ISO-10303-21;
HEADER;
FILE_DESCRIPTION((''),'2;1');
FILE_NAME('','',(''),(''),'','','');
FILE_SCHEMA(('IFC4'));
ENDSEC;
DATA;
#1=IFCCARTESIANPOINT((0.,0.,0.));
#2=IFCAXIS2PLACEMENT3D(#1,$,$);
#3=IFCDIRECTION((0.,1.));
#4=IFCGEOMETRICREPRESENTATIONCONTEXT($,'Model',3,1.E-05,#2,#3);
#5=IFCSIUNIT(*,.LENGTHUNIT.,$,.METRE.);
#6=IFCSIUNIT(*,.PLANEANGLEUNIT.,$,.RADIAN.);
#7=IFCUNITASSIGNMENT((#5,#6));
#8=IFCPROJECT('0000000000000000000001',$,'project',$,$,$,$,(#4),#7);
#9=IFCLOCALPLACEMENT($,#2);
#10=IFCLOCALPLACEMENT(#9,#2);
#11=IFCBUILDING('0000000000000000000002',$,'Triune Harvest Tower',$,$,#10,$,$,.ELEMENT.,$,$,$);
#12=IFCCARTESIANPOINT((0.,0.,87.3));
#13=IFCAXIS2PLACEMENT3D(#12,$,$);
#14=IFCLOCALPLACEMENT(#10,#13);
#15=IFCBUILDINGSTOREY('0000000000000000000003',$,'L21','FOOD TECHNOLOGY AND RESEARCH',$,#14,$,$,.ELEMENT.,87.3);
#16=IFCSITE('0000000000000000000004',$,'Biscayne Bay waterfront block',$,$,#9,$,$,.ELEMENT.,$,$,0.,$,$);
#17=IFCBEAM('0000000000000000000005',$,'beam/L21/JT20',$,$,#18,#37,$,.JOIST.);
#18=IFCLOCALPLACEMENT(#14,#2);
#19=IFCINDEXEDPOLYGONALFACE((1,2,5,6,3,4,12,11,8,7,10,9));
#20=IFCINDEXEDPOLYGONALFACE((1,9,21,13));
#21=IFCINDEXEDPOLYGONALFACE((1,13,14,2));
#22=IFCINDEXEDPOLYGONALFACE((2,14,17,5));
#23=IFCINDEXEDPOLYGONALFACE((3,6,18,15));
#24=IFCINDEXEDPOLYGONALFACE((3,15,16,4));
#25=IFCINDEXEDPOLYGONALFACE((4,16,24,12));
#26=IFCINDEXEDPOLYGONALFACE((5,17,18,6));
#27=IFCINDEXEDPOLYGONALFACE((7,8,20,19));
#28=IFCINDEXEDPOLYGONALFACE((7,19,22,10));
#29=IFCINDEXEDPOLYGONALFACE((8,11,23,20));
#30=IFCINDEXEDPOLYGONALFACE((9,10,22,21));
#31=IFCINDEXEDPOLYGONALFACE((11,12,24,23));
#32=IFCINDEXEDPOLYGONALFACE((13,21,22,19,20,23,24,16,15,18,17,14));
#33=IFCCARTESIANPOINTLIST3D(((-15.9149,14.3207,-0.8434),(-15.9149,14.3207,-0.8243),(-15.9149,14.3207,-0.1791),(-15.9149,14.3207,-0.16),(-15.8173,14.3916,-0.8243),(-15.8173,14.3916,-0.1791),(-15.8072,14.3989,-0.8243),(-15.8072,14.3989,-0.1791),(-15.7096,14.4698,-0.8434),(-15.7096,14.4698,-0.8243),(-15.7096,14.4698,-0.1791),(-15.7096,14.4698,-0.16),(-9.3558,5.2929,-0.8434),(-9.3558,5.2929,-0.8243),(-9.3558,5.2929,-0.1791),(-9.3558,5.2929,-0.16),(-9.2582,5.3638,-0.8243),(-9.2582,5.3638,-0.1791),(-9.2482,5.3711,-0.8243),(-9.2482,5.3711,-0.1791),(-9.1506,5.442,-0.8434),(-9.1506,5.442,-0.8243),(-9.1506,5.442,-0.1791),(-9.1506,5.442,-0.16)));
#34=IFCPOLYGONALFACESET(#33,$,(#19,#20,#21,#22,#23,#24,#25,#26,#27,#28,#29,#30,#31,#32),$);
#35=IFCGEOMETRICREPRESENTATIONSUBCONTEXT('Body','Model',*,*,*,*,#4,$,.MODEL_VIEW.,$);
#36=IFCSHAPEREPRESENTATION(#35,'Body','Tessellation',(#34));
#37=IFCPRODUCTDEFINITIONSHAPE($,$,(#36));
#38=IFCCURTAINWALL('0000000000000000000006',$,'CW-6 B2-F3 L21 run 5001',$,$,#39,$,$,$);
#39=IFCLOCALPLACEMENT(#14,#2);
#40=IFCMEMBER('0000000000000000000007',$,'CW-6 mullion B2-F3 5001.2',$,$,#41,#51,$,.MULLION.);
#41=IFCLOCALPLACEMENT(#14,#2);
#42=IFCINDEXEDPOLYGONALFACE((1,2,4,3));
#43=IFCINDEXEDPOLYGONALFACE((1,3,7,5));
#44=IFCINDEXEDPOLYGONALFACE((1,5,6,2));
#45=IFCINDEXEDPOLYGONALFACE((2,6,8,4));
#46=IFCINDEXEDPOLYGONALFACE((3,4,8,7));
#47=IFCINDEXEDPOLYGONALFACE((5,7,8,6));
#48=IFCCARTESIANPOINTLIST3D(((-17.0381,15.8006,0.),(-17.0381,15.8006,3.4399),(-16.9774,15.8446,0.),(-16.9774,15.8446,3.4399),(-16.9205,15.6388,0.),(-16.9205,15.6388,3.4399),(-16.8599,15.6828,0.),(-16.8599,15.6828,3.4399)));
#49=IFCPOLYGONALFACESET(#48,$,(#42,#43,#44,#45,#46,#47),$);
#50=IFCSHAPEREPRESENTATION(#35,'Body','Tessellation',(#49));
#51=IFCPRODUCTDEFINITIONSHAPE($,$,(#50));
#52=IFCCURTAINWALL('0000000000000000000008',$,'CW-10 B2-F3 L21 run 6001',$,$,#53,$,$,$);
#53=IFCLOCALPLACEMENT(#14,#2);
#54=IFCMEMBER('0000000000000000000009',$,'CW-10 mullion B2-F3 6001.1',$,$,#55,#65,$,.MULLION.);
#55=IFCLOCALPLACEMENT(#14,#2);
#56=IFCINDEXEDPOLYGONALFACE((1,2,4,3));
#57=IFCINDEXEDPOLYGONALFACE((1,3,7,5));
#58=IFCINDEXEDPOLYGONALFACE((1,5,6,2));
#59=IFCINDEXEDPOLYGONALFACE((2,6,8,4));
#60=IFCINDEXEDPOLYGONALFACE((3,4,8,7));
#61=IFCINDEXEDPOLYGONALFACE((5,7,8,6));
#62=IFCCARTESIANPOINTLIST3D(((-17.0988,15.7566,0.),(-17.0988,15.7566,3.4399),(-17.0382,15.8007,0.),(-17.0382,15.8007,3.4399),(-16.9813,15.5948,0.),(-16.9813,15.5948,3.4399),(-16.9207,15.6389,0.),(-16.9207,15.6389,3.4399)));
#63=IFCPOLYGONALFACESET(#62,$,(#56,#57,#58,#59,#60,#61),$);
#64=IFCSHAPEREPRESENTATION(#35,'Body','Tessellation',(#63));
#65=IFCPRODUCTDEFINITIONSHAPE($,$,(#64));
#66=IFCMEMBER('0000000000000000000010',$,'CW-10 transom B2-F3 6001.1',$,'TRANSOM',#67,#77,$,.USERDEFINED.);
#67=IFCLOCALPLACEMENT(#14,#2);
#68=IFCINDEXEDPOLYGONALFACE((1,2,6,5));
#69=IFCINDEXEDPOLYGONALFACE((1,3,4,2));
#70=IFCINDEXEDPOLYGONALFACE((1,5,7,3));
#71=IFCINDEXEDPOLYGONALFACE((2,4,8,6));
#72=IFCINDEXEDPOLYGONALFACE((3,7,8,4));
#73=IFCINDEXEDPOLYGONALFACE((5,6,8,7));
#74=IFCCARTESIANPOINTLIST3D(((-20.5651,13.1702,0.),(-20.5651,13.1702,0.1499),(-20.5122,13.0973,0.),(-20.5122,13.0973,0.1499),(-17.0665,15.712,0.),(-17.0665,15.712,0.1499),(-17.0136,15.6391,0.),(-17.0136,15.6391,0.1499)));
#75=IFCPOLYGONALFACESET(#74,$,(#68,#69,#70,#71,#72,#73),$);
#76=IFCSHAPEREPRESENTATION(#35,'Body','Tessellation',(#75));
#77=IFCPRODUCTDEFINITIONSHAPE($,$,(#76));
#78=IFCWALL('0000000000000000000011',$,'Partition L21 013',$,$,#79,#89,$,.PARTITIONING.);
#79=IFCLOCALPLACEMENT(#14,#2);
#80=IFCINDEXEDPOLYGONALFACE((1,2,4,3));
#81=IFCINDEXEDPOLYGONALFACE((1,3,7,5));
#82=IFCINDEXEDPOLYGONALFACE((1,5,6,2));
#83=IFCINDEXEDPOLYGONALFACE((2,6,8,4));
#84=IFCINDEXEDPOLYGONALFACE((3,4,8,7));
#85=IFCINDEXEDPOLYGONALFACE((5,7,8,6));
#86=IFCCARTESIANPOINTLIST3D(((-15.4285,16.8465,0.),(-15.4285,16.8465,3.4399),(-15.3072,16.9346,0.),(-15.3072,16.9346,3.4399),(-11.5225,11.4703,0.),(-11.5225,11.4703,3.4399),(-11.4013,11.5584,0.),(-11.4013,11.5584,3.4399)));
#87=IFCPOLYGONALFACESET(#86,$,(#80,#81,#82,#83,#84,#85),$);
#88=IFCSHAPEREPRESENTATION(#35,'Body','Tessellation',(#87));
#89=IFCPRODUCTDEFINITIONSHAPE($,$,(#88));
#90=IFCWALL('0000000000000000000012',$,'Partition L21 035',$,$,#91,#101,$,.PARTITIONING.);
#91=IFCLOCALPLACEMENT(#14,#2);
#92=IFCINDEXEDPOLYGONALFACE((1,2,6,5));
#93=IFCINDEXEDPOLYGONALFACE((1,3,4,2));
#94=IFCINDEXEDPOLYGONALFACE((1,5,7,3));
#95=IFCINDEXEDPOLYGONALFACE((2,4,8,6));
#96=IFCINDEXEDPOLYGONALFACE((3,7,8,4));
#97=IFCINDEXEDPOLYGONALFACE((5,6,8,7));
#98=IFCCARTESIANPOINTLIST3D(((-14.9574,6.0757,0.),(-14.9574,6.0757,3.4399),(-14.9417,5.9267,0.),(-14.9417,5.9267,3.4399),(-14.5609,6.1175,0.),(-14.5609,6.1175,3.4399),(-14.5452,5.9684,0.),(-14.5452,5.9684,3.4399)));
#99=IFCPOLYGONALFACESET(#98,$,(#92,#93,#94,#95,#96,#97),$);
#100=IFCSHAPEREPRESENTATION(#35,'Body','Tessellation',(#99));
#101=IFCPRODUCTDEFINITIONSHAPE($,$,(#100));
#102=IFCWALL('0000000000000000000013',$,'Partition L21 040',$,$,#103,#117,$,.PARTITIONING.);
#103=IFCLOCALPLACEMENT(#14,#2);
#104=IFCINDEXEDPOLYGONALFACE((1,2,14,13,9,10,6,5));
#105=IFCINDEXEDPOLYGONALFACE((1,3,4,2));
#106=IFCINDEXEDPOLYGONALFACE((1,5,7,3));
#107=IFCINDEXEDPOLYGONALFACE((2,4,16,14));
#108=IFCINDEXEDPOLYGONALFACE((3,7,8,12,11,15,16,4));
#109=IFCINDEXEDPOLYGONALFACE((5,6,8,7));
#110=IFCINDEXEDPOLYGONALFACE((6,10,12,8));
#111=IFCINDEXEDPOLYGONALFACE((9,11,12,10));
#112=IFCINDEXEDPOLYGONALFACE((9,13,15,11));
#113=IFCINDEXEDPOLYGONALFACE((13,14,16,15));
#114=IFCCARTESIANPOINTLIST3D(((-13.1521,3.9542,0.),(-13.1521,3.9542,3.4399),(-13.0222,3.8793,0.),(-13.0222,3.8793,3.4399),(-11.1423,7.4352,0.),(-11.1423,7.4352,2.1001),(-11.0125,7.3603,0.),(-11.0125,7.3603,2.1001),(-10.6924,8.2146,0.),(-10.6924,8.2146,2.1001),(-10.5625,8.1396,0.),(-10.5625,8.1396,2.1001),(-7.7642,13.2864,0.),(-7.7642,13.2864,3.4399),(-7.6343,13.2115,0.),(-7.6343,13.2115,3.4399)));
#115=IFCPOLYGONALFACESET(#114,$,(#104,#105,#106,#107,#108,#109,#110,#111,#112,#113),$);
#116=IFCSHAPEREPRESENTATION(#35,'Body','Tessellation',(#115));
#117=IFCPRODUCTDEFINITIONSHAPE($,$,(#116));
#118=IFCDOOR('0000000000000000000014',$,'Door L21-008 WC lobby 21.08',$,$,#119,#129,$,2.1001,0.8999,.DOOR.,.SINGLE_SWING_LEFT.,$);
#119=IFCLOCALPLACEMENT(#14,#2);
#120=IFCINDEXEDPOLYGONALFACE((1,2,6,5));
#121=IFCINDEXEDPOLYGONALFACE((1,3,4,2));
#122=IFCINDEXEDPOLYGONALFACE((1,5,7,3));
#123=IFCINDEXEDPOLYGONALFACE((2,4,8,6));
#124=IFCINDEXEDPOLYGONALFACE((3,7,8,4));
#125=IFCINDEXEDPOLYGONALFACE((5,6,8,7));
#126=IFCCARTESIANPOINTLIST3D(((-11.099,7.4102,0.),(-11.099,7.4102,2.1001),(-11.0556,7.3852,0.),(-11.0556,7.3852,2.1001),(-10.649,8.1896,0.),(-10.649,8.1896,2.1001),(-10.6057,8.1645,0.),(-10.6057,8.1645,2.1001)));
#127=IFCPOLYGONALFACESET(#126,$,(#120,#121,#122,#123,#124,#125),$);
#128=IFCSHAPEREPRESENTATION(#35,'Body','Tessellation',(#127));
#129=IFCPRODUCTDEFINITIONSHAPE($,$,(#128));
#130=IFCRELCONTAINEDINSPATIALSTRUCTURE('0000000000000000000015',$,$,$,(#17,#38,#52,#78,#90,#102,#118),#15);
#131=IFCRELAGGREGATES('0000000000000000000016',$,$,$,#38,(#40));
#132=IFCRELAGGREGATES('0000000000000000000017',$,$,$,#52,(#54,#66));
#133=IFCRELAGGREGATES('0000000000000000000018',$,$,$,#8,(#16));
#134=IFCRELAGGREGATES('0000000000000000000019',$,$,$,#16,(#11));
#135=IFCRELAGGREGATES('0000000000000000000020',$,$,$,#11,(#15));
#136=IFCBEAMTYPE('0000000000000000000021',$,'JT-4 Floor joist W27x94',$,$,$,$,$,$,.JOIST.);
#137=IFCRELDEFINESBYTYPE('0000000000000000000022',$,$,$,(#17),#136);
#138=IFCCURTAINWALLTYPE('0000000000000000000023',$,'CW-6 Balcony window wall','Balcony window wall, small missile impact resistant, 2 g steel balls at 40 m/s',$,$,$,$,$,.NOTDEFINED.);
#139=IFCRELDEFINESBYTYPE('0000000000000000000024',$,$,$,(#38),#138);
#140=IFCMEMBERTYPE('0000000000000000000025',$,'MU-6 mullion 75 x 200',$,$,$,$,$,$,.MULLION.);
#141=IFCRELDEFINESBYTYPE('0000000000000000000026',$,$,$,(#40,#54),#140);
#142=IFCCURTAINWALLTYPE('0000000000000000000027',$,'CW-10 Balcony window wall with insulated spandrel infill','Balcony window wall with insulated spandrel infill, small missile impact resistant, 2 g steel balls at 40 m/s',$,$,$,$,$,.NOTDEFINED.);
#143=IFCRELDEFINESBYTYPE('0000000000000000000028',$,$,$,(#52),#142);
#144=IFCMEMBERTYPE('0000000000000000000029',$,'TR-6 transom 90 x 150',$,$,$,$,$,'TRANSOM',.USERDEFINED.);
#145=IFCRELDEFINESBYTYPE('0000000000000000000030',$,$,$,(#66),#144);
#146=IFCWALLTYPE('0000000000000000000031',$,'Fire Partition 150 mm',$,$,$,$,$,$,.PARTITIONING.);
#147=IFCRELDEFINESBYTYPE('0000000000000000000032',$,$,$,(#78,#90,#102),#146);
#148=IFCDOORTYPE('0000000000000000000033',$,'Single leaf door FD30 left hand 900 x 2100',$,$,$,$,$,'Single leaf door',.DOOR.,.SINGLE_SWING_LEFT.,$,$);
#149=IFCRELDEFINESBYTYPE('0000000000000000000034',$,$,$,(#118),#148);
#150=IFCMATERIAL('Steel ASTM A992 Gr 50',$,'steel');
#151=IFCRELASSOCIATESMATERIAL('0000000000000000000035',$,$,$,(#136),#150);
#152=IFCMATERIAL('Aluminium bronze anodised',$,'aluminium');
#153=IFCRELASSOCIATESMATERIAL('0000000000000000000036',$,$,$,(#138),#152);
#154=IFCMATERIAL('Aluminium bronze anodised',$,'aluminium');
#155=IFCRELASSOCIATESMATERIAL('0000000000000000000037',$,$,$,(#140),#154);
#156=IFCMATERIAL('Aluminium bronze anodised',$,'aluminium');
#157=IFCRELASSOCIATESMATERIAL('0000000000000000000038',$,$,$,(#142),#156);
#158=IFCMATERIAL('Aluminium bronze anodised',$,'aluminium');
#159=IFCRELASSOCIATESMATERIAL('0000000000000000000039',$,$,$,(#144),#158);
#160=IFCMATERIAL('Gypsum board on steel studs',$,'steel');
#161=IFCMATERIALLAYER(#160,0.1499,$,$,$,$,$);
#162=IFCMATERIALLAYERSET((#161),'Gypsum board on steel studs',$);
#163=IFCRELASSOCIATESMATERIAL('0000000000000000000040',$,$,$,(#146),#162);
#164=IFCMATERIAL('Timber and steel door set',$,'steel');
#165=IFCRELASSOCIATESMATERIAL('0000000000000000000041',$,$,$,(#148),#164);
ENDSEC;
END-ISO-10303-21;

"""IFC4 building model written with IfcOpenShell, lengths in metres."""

from ifc_helpers import new_model, si_unit, direction, frame, frame_2d, origin, origin_2d, place, context, subcontext, project, spatial, rectangle, i_section, extrude, source, transform, mapped, material, layer, layer_set, material_profile, profile_set, type_object, element, fill, aggregate, save


model = new_model("IFC4")

# Units and contexts
model_context = context("Model", 3, precision=1e-05, world=origin(), true_north=direction((0.0, 1.0)))
body_context = subcontext(model_context, "Body", "Model", "MODEL_VIEW")
ifc_project = project(units=[si_unit("LENGTHUNIT", "METRE"), si_unit("PLANEANGLEUNIT", "RADIAN")], contexts=[model_context])

# Site, building, storey
site_placement = place(None, origin())
site = spatial("IfcSite", under=ifc_project, at=site_placement, Name="Biscayne Bay waterfront block", CompositionType="ELEMENT", RefElevation=0.0)
building_placement = place(site_placement, origin())
building = spatial("IfcBuilding", under=site, at=building_placement, Name="Triune Harvest Tower", CompositionType="ELEMENT")
storey_placement = place(building_placement, frame((0.0, 0.0, 87.3)))
storey = spatial("IfcBuildingStorey", under=building, at=storey_placement, Name="L21", Description="FOOD TECHNOLOGY AND RESEARCH", CompositionType="ELEMENT", Elevation=87.3)

# Beam
ifc_material_1 = material(Name="Steel ASTM A992 Gr 50", Category="steel")
ifc_material_profile_1 = material_profile(ifc_material_1, i_section(OverallWidth=0.2537, OverallDepth=0.6833, WebThickness=0.0125, FlangeThickness=0.019, at=origin_2d()), Name="W27x94")
ifc_profile_set_1 = profile_set([ifc_material_profile_1], Name="Steel ASTM A992 Gr 50")
beam_type = type_object("IfcBeamType", Name="JT-4 Floor joist W27x94", PredefinedType="JOIST", material=ifc_profile_set_1)
shared_shape_1 = source(origin(), body_context, "Body", "SweptSolid", [
    extrude(i_section(OverallWidth=0.2537, OverallDepth=0.6833, WebThickness=0.0125, FlangeThickness=0.019, at=origin_2d()), origin(), (0.0, 0.0, 1.0), 11.1589),
])
beam_placement = place(storey_placement, frame((-15.8123, 14.3953, -0.5017), z_axis=(0.587784, -0.809018, 0.0), x_axis=(0.809018, 0.587784, 0.0)))
element("IfcBeam", 1, at=beam_placement, inside=storey, type_object=beam_type, Name="beam/L21/JT20", PredefinedType="JOIST", context=body_context, shape_type="MappedRepresentation", body=[
    mapped(shared_shape_1, transform((0.0, 0.0, 0.0), scale=1.0)),
])

# Curtain wall, member
ifc_material_2 = material(Name="Aluminium bronze anodised", Category="aluminium")
curtain_wall_type_1 = type_object("IfcCurtainWallType", Name="CW-6 Balcony window wall", Description="Balcony window wall, small missile impact resistant, 2 g steel balls at 40 m/s", PredefinedType="NOTDEFINED", material=ifc_material_2)
curtain_wall_1_placement = place(storey_placement, origin())
curtain_wall_1 = element("IfcCurtainWall", 2, at=curtain_wall_1_placement, inside=storey, type_object=curtain_wall_type_1, Name="CW-6 B2-F3 L21 run 5001")
ifc_material_3 = material(Name="Aluminium bronze anodised", Category="aluminium")
ifc_material_profile_2 = material_profile(ifc_material_3, rectangle(XDim=0.2, YDim=0.075, at=origin_2d()), Name="MU-6 mullion 75 x 200")
ifc_profile_set_2 = profile_set([ifc_material_profile_2], Name="Aluminium bronze anodised")
member_type_1 = type_object("IfcMemberType", Name="MU-6 mullion 75 x 200", PredefinedType="MULLION", material=ifc_profile_set_2)
shared_shape_2 = source(origin(), body_context, "Body", "SweptSolid", [
    extrude(rectangle(XDim=0.2, YDim=0.075, at=origin_2d()), origin(), (0.0, 0.0, 1.0), 3.4399),
])
member_1_placement = place(storey_placement, frame((-16.949, 15.7417, 0.0), z_axis=(0.0, 0.0, 1.0), x_axis=(0.587794, -0.80901, 0.0)))
member_1 = element("IfcMember", 3, at=member_1_placement, type_object=member_type_1, Name="CW-6 mullion B2-F3 5001.2", PredefinedType="MULLION", context=body_context, shape_type="MappedRepresentation", body=[
    mapped(shared_shape_2, transform((0.0, 0.0, 0.0), scale=1.0)),
])
aggregate(curtain_wall_1, [member_1])

# Curtain wall, members
ifc_material_4 = material(Name="Aluminium bronze anodised", Category="aluminium")
curtain_wall_type_2 = type_object("IfcCurtainWallType", Name="CW-10 Balcony window wall with insulated spandrel infill", Description="Balcony window wall with insulated spandrel infill, small missile impact resistant, 2 g steel balls at 40 m/s", PredefinedType="NOTDEFINED", material=ifc_material_4)
curtain_wall_2_placement = place(storey_placement, origin())
curtain_wall_2 = element("IfcCurtainWall", 4, at=curtain_wall_2_placement, inside=storey, type_object=curtain_wall_type_2, Name="CW-10 B2-F3 L21 run 6001")
member_2_placement = place(storey_placement, frame((-17.0098, 15.6978, 0.0), z_axis=(0.0, 0.0, 1.0), x_axis=(0.58778, -0.809021, 0.0)))
member_2 = element("IfcMember", 5, at=member_2_placement, type_object=member_type_1, Name="CW-10 mullion B2-F3 6001.1", PredefinedType="MULLION", context=body_context, shape_type="MappedRepresentation", body=[
    mapped(shared_shape_2, transform((0.0, 0.0, 0.0), scale=1.0)),
])
ifc_material_5 = material(Name="Aluminium bronze anodised", Category="aluminium")
ifc_material_profile_3 = material_profile(ifc_material_5, rectangle(XDim=0.0901, YDim=0.1499, at=origin_2d()), Name="TR-6 transom 90 x 150")
ifc_profile_set_3 = profile_set([ifc_material_profile_3], Name="Aluminium bronze anodised")
member_type_2 = type_object("IfcMemberType", Name="TR-6 transom 90 x 150", ElementType="TRANSOM", PredefinedType="USERDEFINED", material=ifc_profile_set_3)
shared_shape_3 = source(origin(), body_context, "Body", "SweptSolid", [
    extrude(rectangle(XDim=0.0901, YDim=0.1499, at=origin_2d()), origin(), (0.0, 0.0, 1.0), 4.3245),
])
member_3_placement = place(storey_placement, frame((-17.04, 15.6755, 0.075), z_axis=(-0.809027, -0.587772, 0.0), x_axis=(0.587772, -0.809027, 0.0)))
member_3 = element("IfcMember", 6, at=member_3_placement, type_object=member_type_2, Name="CW-10 transom B2-F3 6001.1", ObjectType="TRANSOM", PredefinedType="USERDEFINED", context=body_context, shape_type="MappedRepresentation", body=[
    mapped(shared_shape_3, transform((0.0, 0.0, 0.0), scale=1.0)),
])
aggregate(curtain_wall_2, [member_2, member_3])

# Walls
ifc_material_6 = material(Name="Gypsum board on steel studs", Category="steel")
ifc_layer = layer(ifc_material_6, 0.1499)
ifc_layer_set = layer_set([ifc_layer], Name="Gypsum board on steel studs")
wall_type = type_object("IfcWallType", Name="Fire Partition 150 mm", PredefinedType="PARTITIONING", material=ifc_layer_set)
wall_1_placement = place(storey_placement, frame((-15.3679, 16.8906, 0.0), z_axis=(0.0, 0.0, 1.0), x_axis=(0.587781, -0.80902, 0.0)))
element("IfcWall", 7, at=wall_1_placement, inside=storey, type_object=wall_type, Name="Partition L21 013", PredefinedType="PARTITIONING", context=body_context, shape_type="SweptSolid", body=[
    extrude(rectangle(XDim=6.6453, YDim=0.1499, at=frame_2d((3.3228, 0.0))), origin(), (0.0, 0.0, 1.0), 3.4399),
])
wall_2_placement = place(storey_placement, frame((-14.9495, 6.0012, 0.0), z_axis=(0.0, 0.0, 1.0), x_axis=(0.994502, 0.104717, 0.0)))
element("IfcWall", 8, at=wall_2_placement, inside=storey, type_object=wall_type, Name="Partition L21 035", PredefinedType="PARTITIONING", context=body_context, shape_type="SweptSolid", body=[
    extrude(rectangle(XDim=0.3987, YDim=0.1499, at=frame_2d((0.1992, 0.0))), origin(), (0.0, 0.0, 1.0), 3.4399),
])

# Wall, opening, door
wall_3_placement = place(storey_placement, frame((-13.0872, 3.9167, 0.0), z_axis=(0.0, 0.0, 1.0), x_axis=(0.499996, 0.866028, 0.0)))
wall_3 = element("IfcWall", 9, at=wall_3_placement, inside=storey, type_object=wall_type, Name="Partition L21 040", PredefinedType="PARTITIONING", context=body_context, shape_type="SweptSolid", body=[
    extrude(rectangle(XDim=10.7759, YDim=0.1499, at=frame_2d((5.3879, 0.0))), origin(), (0.0, 0.0, 1.0), 3.4399),
])
opening_1_placement = place(wall_3_placement, frame((4.0195, 0.0, 0.0)))
opening_1 = element("IfcOpeningElement", 10, at=opening_1_placement, cuts=wall_3, PredefinedType="OPENING", context=body_context, shape_type="SweptSolid", body=[
    extrude(rectangle(XDim=0.8999, YDim=2.1001, at=frame_2d((0.45, 1.05))), frame((0.0, 0.085, 0.0), z_axis=(0.0, -1.0, 0.0), x_axis=(1.0, 0.0, 0.0)), (0.0, 0.0, 1.0), 0.1699),
])
ifc_material_7 = material(Name="Timber and steel door set", Category="steel")
door_type_1 = type_object("IfcDoorType", Name="Single leaf door FD30 left hand 900 x 2100", ElementType="Single leaf door", OperationType="SINGLE_SWING_LEFT", PredefinedType="DOOR", material=ifc_material_7)
door_1_placement = place(opening_1_placement, origin())
door_1 = element("IfcDoor", 11, at=door_1_placement, inside=storey, type_object=door_type_1, Name="Door L21-008 WC lobby 21.08", OperationType="SINGLE_SWING_LEFT", OverallHeight=2.1001, OverallWidth=0.8999, PredefinedType="DOOR", context=body_context, shape_type="SweptSolid", body=[
    extrude(rectangle(XDim=0.8999, YDim=2.1001, at=frame_2d((0.45, 1.05))), frame((0.0, 0.0249, 0.0), z_axis=(0.0, -1.0, 0.0), x_axis=(1.0, 0.0, 0.0)), (0.0, 0.0, 1.0), 0.05),
])
fill(opening_1, door_1)

save(model, "model.ifc")
